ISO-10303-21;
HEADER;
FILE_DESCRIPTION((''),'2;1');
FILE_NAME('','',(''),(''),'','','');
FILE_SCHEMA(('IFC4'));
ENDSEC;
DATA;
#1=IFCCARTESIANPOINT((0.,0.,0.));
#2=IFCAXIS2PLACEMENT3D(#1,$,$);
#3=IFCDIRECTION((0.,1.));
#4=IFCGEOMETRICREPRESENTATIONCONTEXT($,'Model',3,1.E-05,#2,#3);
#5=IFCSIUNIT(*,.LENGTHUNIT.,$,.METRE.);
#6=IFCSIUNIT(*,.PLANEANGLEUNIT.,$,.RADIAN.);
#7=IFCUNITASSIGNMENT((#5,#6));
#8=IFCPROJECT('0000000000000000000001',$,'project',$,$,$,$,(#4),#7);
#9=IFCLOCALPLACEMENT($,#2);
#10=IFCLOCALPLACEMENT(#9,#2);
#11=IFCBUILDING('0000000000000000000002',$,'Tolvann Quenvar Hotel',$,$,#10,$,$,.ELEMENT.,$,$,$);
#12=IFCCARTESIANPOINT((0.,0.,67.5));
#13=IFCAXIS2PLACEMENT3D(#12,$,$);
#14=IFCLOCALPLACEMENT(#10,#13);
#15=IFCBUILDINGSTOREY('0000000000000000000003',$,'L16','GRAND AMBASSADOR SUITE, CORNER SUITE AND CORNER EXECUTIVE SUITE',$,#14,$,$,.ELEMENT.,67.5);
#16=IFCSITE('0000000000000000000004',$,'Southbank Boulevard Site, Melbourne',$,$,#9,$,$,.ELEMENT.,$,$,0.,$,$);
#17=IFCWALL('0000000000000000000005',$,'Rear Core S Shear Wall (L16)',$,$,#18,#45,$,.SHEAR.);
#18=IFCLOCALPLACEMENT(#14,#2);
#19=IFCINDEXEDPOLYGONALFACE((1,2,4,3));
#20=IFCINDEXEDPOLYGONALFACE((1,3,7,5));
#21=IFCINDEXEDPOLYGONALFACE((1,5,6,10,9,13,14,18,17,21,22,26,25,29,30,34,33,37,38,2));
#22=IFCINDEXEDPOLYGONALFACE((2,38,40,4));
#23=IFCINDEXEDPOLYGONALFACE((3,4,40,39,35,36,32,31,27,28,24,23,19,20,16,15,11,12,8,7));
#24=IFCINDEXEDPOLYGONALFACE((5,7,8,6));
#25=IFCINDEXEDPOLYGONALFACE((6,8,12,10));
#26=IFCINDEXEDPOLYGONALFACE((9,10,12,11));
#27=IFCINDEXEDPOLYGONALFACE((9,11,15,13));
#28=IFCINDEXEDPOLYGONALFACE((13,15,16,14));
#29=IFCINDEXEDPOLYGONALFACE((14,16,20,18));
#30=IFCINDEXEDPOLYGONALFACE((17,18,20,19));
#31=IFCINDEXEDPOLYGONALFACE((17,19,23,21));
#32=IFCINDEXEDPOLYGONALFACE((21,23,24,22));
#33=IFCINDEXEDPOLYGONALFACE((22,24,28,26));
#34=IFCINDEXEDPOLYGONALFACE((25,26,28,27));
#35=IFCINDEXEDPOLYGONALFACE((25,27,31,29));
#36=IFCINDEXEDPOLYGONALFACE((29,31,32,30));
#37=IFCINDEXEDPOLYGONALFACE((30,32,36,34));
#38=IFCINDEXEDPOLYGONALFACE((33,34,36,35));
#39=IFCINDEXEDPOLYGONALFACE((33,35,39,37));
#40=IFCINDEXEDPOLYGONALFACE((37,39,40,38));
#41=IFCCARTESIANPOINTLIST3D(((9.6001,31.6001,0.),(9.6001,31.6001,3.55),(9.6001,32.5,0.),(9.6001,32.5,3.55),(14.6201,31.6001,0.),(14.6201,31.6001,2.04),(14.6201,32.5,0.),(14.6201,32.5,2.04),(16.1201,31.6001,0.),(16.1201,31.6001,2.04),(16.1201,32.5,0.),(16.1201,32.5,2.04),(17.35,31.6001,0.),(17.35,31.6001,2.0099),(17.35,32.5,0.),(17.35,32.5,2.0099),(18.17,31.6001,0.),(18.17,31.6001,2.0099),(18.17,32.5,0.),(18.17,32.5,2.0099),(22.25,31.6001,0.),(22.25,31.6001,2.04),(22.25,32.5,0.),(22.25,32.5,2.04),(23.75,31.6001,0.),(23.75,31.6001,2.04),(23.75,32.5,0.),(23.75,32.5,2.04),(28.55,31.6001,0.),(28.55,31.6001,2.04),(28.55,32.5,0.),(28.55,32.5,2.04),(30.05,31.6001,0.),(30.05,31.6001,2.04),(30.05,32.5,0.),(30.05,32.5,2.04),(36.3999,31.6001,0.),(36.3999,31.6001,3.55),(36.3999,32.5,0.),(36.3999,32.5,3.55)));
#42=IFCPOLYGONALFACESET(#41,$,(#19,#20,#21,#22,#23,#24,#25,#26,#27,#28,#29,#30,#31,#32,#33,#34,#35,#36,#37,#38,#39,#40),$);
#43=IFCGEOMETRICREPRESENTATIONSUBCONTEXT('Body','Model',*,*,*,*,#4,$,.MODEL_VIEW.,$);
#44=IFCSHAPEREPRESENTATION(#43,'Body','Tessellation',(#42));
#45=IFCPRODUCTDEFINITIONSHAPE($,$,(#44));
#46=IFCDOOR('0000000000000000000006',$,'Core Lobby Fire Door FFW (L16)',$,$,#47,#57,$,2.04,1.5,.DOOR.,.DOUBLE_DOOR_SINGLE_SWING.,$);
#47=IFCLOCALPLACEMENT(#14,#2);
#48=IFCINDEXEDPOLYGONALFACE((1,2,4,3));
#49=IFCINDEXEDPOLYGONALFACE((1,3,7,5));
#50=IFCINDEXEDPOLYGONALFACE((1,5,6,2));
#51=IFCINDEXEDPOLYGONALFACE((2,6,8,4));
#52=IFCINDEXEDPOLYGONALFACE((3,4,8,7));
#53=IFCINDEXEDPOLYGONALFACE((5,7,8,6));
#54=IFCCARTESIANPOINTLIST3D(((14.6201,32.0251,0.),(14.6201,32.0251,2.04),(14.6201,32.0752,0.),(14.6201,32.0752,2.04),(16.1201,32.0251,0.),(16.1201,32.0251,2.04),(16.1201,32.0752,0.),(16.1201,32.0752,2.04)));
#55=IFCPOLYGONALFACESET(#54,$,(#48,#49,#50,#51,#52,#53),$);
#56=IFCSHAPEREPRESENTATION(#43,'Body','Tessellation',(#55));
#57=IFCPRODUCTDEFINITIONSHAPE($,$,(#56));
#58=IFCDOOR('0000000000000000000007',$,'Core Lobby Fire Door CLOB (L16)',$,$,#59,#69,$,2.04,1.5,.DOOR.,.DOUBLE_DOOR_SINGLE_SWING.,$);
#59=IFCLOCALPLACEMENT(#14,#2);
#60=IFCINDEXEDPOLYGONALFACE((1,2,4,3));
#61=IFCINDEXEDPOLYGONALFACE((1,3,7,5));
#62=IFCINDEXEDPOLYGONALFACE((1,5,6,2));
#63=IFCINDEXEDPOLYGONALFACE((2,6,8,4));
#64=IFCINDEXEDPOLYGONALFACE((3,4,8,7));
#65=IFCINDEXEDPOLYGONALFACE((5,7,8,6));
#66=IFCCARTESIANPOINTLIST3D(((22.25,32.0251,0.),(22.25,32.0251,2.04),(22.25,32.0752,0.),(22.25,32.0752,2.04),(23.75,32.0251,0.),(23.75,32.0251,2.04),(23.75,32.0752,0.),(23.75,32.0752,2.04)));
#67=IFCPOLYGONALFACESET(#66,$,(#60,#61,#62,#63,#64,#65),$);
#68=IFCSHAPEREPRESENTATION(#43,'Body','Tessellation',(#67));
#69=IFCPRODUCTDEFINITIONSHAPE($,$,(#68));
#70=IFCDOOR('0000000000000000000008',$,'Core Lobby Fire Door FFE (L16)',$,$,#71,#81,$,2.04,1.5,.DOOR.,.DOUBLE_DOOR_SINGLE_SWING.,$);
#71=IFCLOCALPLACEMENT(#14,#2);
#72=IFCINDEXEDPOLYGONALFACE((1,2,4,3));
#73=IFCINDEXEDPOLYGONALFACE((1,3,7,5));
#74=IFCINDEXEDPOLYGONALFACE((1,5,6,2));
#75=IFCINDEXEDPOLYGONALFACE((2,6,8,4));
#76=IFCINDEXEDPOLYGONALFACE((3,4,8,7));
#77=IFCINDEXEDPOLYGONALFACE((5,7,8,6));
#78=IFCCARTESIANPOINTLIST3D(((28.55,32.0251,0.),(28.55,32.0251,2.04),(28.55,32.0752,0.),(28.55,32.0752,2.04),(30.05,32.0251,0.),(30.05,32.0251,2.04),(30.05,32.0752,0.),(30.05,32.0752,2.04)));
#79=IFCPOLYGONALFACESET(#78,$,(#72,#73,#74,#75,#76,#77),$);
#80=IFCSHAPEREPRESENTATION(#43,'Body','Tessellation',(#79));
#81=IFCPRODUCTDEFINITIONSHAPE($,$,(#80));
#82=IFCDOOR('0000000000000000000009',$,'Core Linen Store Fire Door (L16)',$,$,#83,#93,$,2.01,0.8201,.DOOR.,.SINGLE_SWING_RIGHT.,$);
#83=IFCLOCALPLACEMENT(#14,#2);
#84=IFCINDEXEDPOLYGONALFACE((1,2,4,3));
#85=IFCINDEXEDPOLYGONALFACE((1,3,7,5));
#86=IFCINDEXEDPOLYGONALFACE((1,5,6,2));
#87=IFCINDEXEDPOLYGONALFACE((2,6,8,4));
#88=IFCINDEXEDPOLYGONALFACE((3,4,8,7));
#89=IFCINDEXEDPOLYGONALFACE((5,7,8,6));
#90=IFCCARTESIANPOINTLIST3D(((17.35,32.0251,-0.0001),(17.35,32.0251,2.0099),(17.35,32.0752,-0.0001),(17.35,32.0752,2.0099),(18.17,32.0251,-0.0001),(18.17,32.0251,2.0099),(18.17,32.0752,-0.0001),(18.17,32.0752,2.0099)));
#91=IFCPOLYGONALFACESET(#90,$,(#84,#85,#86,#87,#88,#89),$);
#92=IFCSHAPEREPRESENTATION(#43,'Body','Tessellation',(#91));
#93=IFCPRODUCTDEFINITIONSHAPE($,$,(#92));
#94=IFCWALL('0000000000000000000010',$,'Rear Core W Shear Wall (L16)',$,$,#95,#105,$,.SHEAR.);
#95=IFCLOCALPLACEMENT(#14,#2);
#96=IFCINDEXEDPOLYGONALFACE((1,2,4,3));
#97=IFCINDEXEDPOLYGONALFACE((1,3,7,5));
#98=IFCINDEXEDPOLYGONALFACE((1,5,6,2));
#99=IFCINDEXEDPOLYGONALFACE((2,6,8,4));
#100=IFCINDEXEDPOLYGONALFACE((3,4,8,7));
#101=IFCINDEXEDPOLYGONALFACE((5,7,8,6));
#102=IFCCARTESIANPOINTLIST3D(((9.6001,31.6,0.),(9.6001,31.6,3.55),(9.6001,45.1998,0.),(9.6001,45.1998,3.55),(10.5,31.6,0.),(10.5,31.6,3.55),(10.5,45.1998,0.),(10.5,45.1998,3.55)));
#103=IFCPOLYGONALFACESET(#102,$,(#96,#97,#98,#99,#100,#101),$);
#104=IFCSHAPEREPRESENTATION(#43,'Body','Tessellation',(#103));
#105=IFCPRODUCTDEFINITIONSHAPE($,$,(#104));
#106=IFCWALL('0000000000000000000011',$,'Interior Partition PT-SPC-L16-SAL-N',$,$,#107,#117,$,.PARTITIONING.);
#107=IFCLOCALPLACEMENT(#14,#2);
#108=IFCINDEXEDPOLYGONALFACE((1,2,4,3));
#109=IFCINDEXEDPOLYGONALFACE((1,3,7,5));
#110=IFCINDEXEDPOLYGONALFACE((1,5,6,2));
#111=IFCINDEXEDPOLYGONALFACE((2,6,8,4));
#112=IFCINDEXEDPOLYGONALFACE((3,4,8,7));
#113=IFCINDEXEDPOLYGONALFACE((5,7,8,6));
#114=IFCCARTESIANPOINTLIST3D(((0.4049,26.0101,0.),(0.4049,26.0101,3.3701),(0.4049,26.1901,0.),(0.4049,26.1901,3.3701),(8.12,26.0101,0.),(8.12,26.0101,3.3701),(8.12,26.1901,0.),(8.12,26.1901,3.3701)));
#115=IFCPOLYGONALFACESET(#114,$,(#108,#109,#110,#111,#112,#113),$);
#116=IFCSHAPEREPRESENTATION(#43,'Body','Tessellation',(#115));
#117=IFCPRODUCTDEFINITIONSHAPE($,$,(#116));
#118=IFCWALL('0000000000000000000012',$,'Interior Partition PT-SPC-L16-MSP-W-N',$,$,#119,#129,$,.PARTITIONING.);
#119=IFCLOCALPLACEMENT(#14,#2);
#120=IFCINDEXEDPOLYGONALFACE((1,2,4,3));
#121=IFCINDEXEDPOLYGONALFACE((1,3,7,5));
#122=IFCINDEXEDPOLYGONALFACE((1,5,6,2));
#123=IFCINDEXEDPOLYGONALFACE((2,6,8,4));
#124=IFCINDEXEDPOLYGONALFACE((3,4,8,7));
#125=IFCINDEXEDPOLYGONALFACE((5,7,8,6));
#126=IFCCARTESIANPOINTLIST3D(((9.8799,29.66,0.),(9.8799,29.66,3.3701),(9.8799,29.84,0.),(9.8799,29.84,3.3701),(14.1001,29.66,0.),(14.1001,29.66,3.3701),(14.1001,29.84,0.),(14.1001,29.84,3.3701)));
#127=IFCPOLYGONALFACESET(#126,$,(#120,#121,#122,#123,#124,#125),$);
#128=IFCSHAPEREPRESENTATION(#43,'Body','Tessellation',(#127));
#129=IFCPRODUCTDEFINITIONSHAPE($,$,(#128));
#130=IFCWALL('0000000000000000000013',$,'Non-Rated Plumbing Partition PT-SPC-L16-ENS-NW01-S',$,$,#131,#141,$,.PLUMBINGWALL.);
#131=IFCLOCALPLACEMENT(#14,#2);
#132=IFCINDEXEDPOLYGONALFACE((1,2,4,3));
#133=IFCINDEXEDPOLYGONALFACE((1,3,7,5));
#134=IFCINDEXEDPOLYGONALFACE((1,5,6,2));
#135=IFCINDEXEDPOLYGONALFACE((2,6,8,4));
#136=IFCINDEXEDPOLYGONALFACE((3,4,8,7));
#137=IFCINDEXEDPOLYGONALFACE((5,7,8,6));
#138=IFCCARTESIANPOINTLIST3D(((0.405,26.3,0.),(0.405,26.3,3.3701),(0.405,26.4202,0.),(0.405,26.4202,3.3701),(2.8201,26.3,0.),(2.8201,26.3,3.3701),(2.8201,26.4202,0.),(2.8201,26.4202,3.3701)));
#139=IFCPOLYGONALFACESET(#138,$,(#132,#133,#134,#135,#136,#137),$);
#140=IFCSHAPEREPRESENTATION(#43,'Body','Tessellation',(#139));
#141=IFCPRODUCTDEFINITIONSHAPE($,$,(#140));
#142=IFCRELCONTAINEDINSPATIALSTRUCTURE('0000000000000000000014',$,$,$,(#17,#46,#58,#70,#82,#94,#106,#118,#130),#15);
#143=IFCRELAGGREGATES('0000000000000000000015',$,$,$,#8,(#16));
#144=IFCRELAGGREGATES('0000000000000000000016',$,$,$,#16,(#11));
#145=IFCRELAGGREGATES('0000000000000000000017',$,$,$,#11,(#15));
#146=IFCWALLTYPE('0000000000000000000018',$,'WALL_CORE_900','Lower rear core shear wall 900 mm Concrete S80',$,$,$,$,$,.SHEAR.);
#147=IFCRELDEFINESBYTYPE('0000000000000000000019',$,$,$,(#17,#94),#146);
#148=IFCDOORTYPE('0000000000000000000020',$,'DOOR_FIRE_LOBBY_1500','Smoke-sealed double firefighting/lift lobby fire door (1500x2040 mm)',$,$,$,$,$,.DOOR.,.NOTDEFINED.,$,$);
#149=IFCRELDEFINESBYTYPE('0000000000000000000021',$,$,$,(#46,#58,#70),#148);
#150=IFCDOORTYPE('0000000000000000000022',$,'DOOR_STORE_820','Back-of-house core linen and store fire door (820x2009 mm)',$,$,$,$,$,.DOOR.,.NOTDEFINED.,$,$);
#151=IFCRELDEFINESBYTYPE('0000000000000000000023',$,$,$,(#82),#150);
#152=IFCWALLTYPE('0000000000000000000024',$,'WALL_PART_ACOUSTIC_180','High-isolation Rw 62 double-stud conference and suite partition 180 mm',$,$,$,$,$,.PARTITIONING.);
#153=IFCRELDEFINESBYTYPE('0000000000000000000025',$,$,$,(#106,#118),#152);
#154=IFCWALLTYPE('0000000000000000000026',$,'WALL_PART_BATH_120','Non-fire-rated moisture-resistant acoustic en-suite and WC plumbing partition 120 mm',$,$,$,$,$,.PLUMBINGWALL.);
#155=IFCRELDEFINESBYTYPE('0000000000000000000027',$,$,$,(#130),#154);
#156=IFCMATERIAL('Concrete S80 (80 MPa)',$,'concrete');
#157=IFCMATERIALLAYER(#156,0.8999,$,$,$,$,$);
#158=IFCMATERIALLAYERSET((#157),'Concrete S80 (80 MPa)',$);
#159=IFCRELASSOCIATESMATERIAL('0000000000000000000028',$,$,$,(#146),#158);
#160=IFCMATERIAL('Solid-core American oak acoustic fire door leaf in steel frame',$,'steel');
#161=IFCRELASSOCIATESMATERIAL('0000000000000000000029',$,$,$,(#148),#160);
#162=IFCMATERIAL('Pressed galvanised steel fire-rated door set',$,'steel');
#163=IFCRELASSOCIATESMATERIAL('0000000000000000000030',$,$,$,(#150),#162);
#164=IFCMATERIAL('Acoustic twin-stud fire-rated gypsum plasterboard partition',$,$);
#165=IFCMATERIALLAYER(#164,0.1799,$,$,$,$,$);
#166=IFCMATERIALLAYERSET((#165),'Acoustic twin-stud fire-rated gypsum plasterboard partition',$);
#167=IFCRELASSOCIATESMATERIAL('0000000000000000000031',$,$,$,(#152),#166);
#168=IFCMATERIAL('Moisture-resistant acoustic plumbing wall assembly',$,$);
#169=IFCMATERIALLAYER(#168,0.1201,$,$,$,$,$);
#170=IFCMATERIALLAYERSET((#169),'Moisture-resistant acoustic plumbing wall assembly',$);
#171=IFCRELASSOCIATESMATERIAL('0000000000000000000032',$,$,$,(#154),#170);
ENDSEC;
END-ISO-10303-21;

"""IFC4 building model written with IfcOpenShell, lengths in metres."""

from ifc_helpers import new_model, si_unit, direction, frame, frame_2d, origin, place, context, subcontext, project, spatial, rectangle, extrude, source, transform, mapped, material, layer, layer_set, type_object, type_shapes, element, fill, save


model = new_model("IFC4")

# Units and contexts
model_context = context("Model", 3, precision=1e-05, world=origin(), true_north=direction((0.0, 1.0)))
body_context = subcontext(model_context, "Body", "Model", "MODEL_VIEW")
ifc_project = project(units=[si_unit("LENGTHUNIT", "METRE"), si_unit("PLANEANGLEUNIT", "RADIAN")], contexts=[model_context])

# Site, building, storey
site_placement = place(None, origin())
site = spatial("IfcSite", under=ifc_project, at=site_placement, Name="Southbank Boulevard Site, Melbourne", CompositionType="ELEMENT", RefElevation=0.0)
building_placement = place(site_placement, origin())
building = spatial("IfcBuilding", under=site, at=building_placement, Name="Tolvann Quenvar Hotel", CompositionType="ELEMENT")
storey_placement = place(building_placement, frame((0.0, 0.0, 67.5)))
storey = spatial("IfcBuildingStorey", under=building, at=storey_placement, Name="L16", Description="GRAND AMBASSADOR SUITE, CORNER SUITE AND CORNER EXECUTIVE SUITE", CompositionType="ELEMENT", Elevation=67.5)

# Wall, openings, doors
ifc_material_1 = material(Name="Concrete S80 (80 MPa)", Category="concrete")
ifc_layer_1 = layer(ifc_material_1, 0.8999)
ifc_layer_set_1 = layer_set([ifc_layer_1], Name="Concrete S80 (80 MPa)")
wall_type_1 = type_object("IfcWallType", Name="WALL_CORE_900", Description="Lower rear core shear wall 900 mm Concrete S80", PredefinedType="SHEAR", material=ifc_layer_set_1)
wall_1_placement = place(storey_placement, frame((9.6001, 32.05, 0.0), z_axis=(0.0, 0.0, 1.0), x_axis=(1.0, 0.0, 0.0)))
wall_1 = element("IfcWall", 1, at=wall_1_placement, inside=storey, type_object=wall_type_1, Name="Rear Core S Shear Wall (L16)", PredefinedType="SHEAR", context=body_context, shape_type="SweptSolid", body=[
    extrude(rectangle(XDim=26.7998, YDim=0.8999, at=frame_2d((13.3999, 0.0))), origin(), (0.0, 0.0, 1.0), 3.55),
])
opening_1_placement = place(wall_1_placement, frame((6.52, 0.0, 0.0), z_axis=(0.0, 0.0, 1.0), x_axis=(-1.0, 0.0, 0.0)))
opening_1 = element("IfcOpeningElement", 2, at=opening_1_placement, cuts=wall_1, PredefinedType="OPENING", context=body_context, shape_type="SweptSolid", body=[
    extrude(rectangle(XDim=1.5, YDim=2.04, at=frame_2d((0.75, 1.02))), frame((0.0, 0.46, 0.0), z_axis=(0.0, -1.0, 0.0), x_axis=(1.0, 0.0, 0.0)), (0.0, 0.0, 1.0), 0.9199),
])
opening_2_placement = place(wall_1_placement, frame((14.1499, 0.0, 0.0), z_axis=(0.0, 0.0, 1.0), x_axis=(-1.0, 0.0, 0.0)))
opening_2 = element("IfcOpeningElement", 3, at=opening_2_placement, cuts=wall_1, PredefinedType="OPENING", context=body_context, shape_type="SweptSolid", body=[
    extrude(rectangle(XDim=1.5, YDim=2.04, at=frame_2d((0.75, 1.02))), frame((0.0, 0.46, 0.0), z_axis=(0.0, -1.0, 0.0), x_axis=(1.0, 0.0, 0.0)), (0.0, 0.0, 1.0), 0.9199),
])
opening_3_placement = place(wall_1_placement, frame((20.45, 0.0, 0.0), z_axis=(0.0, 0.0, 1.0), x_axis=(-1.0, 0.0, 0.0)))
opening_3 = element("IfcOpeningElement", 4, at=opening_3_placement, cuts=wall_1, PredefinedType="OPENING", context=body_context, shape_type="SweptSolid", body=[
    extrude(rectangle(XDim=1.5, YDim=2.04, at=frame_2d((0.75, 1.02))), frame((0.0, 0.46, 0.0), z_axis=(0.0, -1.0, 0.0), x_axis=(1.0, 0.0, 0.0)), (0.0, 0.0, 1.0), 0.9199),
])
opening_4_placement = place(wall_1_placement, frame((8.5701, 0.0, 0.0), z_axis=(0.0, 0.0, 1.0), x_axis=(-1.0, 0.0, 0.0)))
opening_4 = element("IfcOpeningElement", 5, at=opening_4_placement, cuts=wall_1, PredefinedType="OPENING", context=body_context, shape_type="SweptSolid", body=[
    extrude(rectangle(XDim=0.8201, YDim=2.01, at=frame_2d((0.4102, 1.0049))), frame((0.0, 0.46, 0.0), z_axis=(0.0, -1.0, 0.0), x_axis=(1.0, 0.0, 0.0)), (0.0, 0.0, 1.0), 0.9199),
])
ifc_material_2 = material(Name="Solid-core American oak acoustic fire door leaf in steel frame", Category="steel")
door_type_1 = type_object("IfcDoorType", Name="DOOR_FIRE_LOBBY_1500", Description="Smoke-sealed double firefighting/lift lobby fire door (1500x2040 mm)", OperationType="NOTDEFINED", PredefinedType="DOOR", material=ifc_material_2)
shared_shape_1 = source(origin(), body_context, "Body", "SweptSolid", [
    extrude(rectangle(XDim=1.5, YDim=2.04, at=frame_2d((0.75, 1.02))), frame((0.0, 0.0249, 0.0), z_axis=(0.0, -1.0, 0.0), x_axis=(1.0, 0.0, 0.0)), (0.0, 0.0, 1.0), 0.05),
])
type_shapes(door_type_1, [shared_shape_1])
door_1_placement = place(opening_1_placement, origin())
door_1 = element("IfcDoor", 6, at=door_1_placement, inside=storey, type_object=door_type_1, Name="Core Lobby Fire Door FFW (L16)", OperationType="DOUBLE_DOOR_SINGLE_SWING", OverallHeight=2.04, OverallWidth=1.5, PredefinedType="DOOR", context=body_context, shape_type="MappedRepresentation", body=[
    mapped(shared_shape_1, transform((0.0, 0.0, 0.0), x_axis=(1.0, 0.0, 0.0), y_axis=(0.0, 1.0, 0.0), z_axis=(0.0, 0.0, 1.0), scale=1.0)),
])
fill(opening_1, door_1)
door_2_placement = place(opening_2_placement, origin())
door_2 = element("IfcDoor", 7, at=door_2_placement, inside=storey, type_object=door_type_1, Name="Core Lobby Fire Door CLOB (L16)", OperationType="DOUBLE_DOOR_SINGLE_SWING", OverallHeight=2.04, OverallWidth=1.5, PredefinedType="DOOR", context=body_context, shape_type="MappedRepresentation", body=[
    mapped(shared_shape_1, transform((0.0, 0.0, 0.0), x_axis=(1.0, 0.0, 0.0), y_axis=(0.0, 1.0, 0.0), z_axis=(0.0, 0.0, 1.0), scale=1.0)),
])
fill(opening_2, door_2)
door_3_placement = place(opening_3_placement, origin())
door_3 = element("IfcDoor", 8, at=door_3_placement, inside=storey, type_object=door_type_1, Name="Core Lobby Fire Door FFE (L16)", OperationType="DOUBLE_DOOR_SINGLE_SWING", OverallHeight=2.04, OverallWidth=1.5, PredefinedType="DOOR", context=body_context, shape_type="MappedRepresentation", body=[
    mapped(shared_shape_1, transform((0.0, 0.0, 0.0), x_axis=(1.0, 0.0, 0.0), y_axis=(0.0, 1.0, 0.0), z_axis=(0.0, 0.0, 1.0), scale=1.0)),
])
fill(opening_3, door_3)
ifc_material_3 = material(Name="Pressed galvanised steel fire-rated door set", Category="steel")
door_type_2 = type_object("IfcDoorType", Name="DOOR_STORE_820", Description="Back-of-house core linen and store fire door (820x2009 mm)", OperationType="NOTDEFINED", PredefinedType="DOOR", material=ifc_material_3)
shared_shape_2 = source(origin(), body_context, "Body", "SweptSolid", [
    extrude(rectangle(XDim=0.8201, YDim=2.01, at=frame_2d((0.4102, 1.0049))), frame((0.0, 0.0249, 0.0), z_axis=(0.0, -1.0, 0.0), x_axis=(1.0, 0.0, 0.0)), (0.0, 0.0, 1.0), 0.05),
])
type_shapes(door_type_2, [shared_shape_2])
door_4_placement = place(opening_4_placement, origin())
door_4 = element("IfcDoor", 9, at=door_4_placement, inside=storey, type_object=door_type_2, Name="Core Linen Store Fire Door (L16)", OperationType="SINGLE_SWING_RIGHT", OverallHeight=2.01, OverallWidth=0.8201, PredefinedType="DOOR", context=body_context, shape_type="MappedRepresentation", body=[
    mapped(shared_shape_2, transform((0.0, 0.0, 0.0), x_axis=(1.0, 0.0, 0.0), y_axis=(0.0, 1.0, 0.0), z_axis=(0.0, 0.0, 1.0), scale=1.0)),
])
fill(opening_4, door_4)

# Walls
wall_2_placement = place(storey_placement, frame((10.05, 31.6001, 0.0), z_axis=(0.0, 0.0, 1.0), x_axis=(0.0, 1.0, 0.0)))
element("IfcWall", 10, at=wall_2_placement, inside=storey, type_object=wall_type_1, Name="Rear Core W Shear Wall (L16)", PredefinedType="SHEAR", context=body_context, shape_type="SweptSolid", body=[
    extrude(rectangle(XDim=13.5999, YDim=0.8999, at=frame_2d((6.7998, 0.0))), origin(), (0.0, 0.0, 1.0), 3.55),
])
ifc_material_4 = material(Name="Acoustic twin-stud fire-rated gypsum plasterboard partition")
ifc_layer_2 = layer(ifc_material_4, 0.1799)
ifc_layer_set_2 = layer_set([ifc_layer_2], Name="Acoustic twin-stud fire-rated gypsum plasterboard partition")
wall_type_2 = type_object("IfcWallType", Name="WALL_PART_ACOUSTIC_180", Description="High-isolation Rw 62 double-stud conference and suite partition 180 mm", PredefinedType="PARTITIONING", material=ifc_layer_set_2)
wall_3_placement = place(storey_placement, frame((0.405, 26.1001, 0.0), z_axis=(0.0, 0.0, 1.0), x_axis=(1.0, 0.0, 0.0)))
element("IfcWall", 11, at=wall_3_placement, inside=storey, type_object=wall_type_2, Name="Interior Partition PT-SPC-L16-SAL-N", PredefinedType="PARTITIONING", context=body_context, shape_type="SweptSolid", body=[
    extrude(rectangle(XDim=7.7151, YDim=0.1799, at=frame_2d((3.8574, 0.0))), origin(), (0.0, 0.0, 1.0), 3.3701),
])
wall_4_placement = place(storey_placement, frame((9.8799, 29.75, 0.0), z_axis=(0.0, 0.0, 1.0), x_axis=(1.0, 0.0, 0.0)))
element("IfcWall", 12, at=wall_4_placement, inside=storey, type_object=wall_type_2, Name="Interior Partition PT-SPC-L16-MSP-W-N", PredefinedType="PARTITIONING", context=body_context, shape_type="SweptSolid", body=[
    extrude(rectangle(XDim=4.2202, YDim=0.1799, at=frame_2d((2.1101, 0.0))), origin(), (0.0, 0.0, 1.0), 3.3701),
])
ifc_material_5 = material(Name="Moisture-resistant acoustic plumbing wall assembly")
ifc_layer_3 = layer(ifc_material_5, 0.1201)
ifc_layer_set_3 = layer_set([ifc_layer_3], Name="Moisture-resistant acoustic plumbing wall assembly")
wall_type_3 = type_object("IfcWallType", Name="WALL_PART_BATH_120", Description="Non-fire-rated moisture-resistant acoustic en-suite and WC plumbing partition 120 mm", PredefinedType="PLUMBINGWALL", material=ifc_layer_set_3)
wall_5_placement = place(storey_placement, frame((0.405, 26.3601, 0.0), z_axis=(0.0, 0.0, 1.0), x_axis=(1.0, 0.0, 0.0)))
element("IfcWall", 13, at=wall_5_placement, inside=storey, type_object=wall_type_3, Name="Non-Rated Plumbing Partition PT-SPC-L16-ENS-NW01-S", PredefinedType="PLUMBINGWALL", context=body_context, shape_type="SweptSolid", body=[
    extrude(rectangle(XDim=2.415, YDim=0.1201, at=frame_2d((1.2075, 0.0))), origin(), (0.0, 0.0, 1.0), 3.3701),
])

save(model, "model.ifc")
